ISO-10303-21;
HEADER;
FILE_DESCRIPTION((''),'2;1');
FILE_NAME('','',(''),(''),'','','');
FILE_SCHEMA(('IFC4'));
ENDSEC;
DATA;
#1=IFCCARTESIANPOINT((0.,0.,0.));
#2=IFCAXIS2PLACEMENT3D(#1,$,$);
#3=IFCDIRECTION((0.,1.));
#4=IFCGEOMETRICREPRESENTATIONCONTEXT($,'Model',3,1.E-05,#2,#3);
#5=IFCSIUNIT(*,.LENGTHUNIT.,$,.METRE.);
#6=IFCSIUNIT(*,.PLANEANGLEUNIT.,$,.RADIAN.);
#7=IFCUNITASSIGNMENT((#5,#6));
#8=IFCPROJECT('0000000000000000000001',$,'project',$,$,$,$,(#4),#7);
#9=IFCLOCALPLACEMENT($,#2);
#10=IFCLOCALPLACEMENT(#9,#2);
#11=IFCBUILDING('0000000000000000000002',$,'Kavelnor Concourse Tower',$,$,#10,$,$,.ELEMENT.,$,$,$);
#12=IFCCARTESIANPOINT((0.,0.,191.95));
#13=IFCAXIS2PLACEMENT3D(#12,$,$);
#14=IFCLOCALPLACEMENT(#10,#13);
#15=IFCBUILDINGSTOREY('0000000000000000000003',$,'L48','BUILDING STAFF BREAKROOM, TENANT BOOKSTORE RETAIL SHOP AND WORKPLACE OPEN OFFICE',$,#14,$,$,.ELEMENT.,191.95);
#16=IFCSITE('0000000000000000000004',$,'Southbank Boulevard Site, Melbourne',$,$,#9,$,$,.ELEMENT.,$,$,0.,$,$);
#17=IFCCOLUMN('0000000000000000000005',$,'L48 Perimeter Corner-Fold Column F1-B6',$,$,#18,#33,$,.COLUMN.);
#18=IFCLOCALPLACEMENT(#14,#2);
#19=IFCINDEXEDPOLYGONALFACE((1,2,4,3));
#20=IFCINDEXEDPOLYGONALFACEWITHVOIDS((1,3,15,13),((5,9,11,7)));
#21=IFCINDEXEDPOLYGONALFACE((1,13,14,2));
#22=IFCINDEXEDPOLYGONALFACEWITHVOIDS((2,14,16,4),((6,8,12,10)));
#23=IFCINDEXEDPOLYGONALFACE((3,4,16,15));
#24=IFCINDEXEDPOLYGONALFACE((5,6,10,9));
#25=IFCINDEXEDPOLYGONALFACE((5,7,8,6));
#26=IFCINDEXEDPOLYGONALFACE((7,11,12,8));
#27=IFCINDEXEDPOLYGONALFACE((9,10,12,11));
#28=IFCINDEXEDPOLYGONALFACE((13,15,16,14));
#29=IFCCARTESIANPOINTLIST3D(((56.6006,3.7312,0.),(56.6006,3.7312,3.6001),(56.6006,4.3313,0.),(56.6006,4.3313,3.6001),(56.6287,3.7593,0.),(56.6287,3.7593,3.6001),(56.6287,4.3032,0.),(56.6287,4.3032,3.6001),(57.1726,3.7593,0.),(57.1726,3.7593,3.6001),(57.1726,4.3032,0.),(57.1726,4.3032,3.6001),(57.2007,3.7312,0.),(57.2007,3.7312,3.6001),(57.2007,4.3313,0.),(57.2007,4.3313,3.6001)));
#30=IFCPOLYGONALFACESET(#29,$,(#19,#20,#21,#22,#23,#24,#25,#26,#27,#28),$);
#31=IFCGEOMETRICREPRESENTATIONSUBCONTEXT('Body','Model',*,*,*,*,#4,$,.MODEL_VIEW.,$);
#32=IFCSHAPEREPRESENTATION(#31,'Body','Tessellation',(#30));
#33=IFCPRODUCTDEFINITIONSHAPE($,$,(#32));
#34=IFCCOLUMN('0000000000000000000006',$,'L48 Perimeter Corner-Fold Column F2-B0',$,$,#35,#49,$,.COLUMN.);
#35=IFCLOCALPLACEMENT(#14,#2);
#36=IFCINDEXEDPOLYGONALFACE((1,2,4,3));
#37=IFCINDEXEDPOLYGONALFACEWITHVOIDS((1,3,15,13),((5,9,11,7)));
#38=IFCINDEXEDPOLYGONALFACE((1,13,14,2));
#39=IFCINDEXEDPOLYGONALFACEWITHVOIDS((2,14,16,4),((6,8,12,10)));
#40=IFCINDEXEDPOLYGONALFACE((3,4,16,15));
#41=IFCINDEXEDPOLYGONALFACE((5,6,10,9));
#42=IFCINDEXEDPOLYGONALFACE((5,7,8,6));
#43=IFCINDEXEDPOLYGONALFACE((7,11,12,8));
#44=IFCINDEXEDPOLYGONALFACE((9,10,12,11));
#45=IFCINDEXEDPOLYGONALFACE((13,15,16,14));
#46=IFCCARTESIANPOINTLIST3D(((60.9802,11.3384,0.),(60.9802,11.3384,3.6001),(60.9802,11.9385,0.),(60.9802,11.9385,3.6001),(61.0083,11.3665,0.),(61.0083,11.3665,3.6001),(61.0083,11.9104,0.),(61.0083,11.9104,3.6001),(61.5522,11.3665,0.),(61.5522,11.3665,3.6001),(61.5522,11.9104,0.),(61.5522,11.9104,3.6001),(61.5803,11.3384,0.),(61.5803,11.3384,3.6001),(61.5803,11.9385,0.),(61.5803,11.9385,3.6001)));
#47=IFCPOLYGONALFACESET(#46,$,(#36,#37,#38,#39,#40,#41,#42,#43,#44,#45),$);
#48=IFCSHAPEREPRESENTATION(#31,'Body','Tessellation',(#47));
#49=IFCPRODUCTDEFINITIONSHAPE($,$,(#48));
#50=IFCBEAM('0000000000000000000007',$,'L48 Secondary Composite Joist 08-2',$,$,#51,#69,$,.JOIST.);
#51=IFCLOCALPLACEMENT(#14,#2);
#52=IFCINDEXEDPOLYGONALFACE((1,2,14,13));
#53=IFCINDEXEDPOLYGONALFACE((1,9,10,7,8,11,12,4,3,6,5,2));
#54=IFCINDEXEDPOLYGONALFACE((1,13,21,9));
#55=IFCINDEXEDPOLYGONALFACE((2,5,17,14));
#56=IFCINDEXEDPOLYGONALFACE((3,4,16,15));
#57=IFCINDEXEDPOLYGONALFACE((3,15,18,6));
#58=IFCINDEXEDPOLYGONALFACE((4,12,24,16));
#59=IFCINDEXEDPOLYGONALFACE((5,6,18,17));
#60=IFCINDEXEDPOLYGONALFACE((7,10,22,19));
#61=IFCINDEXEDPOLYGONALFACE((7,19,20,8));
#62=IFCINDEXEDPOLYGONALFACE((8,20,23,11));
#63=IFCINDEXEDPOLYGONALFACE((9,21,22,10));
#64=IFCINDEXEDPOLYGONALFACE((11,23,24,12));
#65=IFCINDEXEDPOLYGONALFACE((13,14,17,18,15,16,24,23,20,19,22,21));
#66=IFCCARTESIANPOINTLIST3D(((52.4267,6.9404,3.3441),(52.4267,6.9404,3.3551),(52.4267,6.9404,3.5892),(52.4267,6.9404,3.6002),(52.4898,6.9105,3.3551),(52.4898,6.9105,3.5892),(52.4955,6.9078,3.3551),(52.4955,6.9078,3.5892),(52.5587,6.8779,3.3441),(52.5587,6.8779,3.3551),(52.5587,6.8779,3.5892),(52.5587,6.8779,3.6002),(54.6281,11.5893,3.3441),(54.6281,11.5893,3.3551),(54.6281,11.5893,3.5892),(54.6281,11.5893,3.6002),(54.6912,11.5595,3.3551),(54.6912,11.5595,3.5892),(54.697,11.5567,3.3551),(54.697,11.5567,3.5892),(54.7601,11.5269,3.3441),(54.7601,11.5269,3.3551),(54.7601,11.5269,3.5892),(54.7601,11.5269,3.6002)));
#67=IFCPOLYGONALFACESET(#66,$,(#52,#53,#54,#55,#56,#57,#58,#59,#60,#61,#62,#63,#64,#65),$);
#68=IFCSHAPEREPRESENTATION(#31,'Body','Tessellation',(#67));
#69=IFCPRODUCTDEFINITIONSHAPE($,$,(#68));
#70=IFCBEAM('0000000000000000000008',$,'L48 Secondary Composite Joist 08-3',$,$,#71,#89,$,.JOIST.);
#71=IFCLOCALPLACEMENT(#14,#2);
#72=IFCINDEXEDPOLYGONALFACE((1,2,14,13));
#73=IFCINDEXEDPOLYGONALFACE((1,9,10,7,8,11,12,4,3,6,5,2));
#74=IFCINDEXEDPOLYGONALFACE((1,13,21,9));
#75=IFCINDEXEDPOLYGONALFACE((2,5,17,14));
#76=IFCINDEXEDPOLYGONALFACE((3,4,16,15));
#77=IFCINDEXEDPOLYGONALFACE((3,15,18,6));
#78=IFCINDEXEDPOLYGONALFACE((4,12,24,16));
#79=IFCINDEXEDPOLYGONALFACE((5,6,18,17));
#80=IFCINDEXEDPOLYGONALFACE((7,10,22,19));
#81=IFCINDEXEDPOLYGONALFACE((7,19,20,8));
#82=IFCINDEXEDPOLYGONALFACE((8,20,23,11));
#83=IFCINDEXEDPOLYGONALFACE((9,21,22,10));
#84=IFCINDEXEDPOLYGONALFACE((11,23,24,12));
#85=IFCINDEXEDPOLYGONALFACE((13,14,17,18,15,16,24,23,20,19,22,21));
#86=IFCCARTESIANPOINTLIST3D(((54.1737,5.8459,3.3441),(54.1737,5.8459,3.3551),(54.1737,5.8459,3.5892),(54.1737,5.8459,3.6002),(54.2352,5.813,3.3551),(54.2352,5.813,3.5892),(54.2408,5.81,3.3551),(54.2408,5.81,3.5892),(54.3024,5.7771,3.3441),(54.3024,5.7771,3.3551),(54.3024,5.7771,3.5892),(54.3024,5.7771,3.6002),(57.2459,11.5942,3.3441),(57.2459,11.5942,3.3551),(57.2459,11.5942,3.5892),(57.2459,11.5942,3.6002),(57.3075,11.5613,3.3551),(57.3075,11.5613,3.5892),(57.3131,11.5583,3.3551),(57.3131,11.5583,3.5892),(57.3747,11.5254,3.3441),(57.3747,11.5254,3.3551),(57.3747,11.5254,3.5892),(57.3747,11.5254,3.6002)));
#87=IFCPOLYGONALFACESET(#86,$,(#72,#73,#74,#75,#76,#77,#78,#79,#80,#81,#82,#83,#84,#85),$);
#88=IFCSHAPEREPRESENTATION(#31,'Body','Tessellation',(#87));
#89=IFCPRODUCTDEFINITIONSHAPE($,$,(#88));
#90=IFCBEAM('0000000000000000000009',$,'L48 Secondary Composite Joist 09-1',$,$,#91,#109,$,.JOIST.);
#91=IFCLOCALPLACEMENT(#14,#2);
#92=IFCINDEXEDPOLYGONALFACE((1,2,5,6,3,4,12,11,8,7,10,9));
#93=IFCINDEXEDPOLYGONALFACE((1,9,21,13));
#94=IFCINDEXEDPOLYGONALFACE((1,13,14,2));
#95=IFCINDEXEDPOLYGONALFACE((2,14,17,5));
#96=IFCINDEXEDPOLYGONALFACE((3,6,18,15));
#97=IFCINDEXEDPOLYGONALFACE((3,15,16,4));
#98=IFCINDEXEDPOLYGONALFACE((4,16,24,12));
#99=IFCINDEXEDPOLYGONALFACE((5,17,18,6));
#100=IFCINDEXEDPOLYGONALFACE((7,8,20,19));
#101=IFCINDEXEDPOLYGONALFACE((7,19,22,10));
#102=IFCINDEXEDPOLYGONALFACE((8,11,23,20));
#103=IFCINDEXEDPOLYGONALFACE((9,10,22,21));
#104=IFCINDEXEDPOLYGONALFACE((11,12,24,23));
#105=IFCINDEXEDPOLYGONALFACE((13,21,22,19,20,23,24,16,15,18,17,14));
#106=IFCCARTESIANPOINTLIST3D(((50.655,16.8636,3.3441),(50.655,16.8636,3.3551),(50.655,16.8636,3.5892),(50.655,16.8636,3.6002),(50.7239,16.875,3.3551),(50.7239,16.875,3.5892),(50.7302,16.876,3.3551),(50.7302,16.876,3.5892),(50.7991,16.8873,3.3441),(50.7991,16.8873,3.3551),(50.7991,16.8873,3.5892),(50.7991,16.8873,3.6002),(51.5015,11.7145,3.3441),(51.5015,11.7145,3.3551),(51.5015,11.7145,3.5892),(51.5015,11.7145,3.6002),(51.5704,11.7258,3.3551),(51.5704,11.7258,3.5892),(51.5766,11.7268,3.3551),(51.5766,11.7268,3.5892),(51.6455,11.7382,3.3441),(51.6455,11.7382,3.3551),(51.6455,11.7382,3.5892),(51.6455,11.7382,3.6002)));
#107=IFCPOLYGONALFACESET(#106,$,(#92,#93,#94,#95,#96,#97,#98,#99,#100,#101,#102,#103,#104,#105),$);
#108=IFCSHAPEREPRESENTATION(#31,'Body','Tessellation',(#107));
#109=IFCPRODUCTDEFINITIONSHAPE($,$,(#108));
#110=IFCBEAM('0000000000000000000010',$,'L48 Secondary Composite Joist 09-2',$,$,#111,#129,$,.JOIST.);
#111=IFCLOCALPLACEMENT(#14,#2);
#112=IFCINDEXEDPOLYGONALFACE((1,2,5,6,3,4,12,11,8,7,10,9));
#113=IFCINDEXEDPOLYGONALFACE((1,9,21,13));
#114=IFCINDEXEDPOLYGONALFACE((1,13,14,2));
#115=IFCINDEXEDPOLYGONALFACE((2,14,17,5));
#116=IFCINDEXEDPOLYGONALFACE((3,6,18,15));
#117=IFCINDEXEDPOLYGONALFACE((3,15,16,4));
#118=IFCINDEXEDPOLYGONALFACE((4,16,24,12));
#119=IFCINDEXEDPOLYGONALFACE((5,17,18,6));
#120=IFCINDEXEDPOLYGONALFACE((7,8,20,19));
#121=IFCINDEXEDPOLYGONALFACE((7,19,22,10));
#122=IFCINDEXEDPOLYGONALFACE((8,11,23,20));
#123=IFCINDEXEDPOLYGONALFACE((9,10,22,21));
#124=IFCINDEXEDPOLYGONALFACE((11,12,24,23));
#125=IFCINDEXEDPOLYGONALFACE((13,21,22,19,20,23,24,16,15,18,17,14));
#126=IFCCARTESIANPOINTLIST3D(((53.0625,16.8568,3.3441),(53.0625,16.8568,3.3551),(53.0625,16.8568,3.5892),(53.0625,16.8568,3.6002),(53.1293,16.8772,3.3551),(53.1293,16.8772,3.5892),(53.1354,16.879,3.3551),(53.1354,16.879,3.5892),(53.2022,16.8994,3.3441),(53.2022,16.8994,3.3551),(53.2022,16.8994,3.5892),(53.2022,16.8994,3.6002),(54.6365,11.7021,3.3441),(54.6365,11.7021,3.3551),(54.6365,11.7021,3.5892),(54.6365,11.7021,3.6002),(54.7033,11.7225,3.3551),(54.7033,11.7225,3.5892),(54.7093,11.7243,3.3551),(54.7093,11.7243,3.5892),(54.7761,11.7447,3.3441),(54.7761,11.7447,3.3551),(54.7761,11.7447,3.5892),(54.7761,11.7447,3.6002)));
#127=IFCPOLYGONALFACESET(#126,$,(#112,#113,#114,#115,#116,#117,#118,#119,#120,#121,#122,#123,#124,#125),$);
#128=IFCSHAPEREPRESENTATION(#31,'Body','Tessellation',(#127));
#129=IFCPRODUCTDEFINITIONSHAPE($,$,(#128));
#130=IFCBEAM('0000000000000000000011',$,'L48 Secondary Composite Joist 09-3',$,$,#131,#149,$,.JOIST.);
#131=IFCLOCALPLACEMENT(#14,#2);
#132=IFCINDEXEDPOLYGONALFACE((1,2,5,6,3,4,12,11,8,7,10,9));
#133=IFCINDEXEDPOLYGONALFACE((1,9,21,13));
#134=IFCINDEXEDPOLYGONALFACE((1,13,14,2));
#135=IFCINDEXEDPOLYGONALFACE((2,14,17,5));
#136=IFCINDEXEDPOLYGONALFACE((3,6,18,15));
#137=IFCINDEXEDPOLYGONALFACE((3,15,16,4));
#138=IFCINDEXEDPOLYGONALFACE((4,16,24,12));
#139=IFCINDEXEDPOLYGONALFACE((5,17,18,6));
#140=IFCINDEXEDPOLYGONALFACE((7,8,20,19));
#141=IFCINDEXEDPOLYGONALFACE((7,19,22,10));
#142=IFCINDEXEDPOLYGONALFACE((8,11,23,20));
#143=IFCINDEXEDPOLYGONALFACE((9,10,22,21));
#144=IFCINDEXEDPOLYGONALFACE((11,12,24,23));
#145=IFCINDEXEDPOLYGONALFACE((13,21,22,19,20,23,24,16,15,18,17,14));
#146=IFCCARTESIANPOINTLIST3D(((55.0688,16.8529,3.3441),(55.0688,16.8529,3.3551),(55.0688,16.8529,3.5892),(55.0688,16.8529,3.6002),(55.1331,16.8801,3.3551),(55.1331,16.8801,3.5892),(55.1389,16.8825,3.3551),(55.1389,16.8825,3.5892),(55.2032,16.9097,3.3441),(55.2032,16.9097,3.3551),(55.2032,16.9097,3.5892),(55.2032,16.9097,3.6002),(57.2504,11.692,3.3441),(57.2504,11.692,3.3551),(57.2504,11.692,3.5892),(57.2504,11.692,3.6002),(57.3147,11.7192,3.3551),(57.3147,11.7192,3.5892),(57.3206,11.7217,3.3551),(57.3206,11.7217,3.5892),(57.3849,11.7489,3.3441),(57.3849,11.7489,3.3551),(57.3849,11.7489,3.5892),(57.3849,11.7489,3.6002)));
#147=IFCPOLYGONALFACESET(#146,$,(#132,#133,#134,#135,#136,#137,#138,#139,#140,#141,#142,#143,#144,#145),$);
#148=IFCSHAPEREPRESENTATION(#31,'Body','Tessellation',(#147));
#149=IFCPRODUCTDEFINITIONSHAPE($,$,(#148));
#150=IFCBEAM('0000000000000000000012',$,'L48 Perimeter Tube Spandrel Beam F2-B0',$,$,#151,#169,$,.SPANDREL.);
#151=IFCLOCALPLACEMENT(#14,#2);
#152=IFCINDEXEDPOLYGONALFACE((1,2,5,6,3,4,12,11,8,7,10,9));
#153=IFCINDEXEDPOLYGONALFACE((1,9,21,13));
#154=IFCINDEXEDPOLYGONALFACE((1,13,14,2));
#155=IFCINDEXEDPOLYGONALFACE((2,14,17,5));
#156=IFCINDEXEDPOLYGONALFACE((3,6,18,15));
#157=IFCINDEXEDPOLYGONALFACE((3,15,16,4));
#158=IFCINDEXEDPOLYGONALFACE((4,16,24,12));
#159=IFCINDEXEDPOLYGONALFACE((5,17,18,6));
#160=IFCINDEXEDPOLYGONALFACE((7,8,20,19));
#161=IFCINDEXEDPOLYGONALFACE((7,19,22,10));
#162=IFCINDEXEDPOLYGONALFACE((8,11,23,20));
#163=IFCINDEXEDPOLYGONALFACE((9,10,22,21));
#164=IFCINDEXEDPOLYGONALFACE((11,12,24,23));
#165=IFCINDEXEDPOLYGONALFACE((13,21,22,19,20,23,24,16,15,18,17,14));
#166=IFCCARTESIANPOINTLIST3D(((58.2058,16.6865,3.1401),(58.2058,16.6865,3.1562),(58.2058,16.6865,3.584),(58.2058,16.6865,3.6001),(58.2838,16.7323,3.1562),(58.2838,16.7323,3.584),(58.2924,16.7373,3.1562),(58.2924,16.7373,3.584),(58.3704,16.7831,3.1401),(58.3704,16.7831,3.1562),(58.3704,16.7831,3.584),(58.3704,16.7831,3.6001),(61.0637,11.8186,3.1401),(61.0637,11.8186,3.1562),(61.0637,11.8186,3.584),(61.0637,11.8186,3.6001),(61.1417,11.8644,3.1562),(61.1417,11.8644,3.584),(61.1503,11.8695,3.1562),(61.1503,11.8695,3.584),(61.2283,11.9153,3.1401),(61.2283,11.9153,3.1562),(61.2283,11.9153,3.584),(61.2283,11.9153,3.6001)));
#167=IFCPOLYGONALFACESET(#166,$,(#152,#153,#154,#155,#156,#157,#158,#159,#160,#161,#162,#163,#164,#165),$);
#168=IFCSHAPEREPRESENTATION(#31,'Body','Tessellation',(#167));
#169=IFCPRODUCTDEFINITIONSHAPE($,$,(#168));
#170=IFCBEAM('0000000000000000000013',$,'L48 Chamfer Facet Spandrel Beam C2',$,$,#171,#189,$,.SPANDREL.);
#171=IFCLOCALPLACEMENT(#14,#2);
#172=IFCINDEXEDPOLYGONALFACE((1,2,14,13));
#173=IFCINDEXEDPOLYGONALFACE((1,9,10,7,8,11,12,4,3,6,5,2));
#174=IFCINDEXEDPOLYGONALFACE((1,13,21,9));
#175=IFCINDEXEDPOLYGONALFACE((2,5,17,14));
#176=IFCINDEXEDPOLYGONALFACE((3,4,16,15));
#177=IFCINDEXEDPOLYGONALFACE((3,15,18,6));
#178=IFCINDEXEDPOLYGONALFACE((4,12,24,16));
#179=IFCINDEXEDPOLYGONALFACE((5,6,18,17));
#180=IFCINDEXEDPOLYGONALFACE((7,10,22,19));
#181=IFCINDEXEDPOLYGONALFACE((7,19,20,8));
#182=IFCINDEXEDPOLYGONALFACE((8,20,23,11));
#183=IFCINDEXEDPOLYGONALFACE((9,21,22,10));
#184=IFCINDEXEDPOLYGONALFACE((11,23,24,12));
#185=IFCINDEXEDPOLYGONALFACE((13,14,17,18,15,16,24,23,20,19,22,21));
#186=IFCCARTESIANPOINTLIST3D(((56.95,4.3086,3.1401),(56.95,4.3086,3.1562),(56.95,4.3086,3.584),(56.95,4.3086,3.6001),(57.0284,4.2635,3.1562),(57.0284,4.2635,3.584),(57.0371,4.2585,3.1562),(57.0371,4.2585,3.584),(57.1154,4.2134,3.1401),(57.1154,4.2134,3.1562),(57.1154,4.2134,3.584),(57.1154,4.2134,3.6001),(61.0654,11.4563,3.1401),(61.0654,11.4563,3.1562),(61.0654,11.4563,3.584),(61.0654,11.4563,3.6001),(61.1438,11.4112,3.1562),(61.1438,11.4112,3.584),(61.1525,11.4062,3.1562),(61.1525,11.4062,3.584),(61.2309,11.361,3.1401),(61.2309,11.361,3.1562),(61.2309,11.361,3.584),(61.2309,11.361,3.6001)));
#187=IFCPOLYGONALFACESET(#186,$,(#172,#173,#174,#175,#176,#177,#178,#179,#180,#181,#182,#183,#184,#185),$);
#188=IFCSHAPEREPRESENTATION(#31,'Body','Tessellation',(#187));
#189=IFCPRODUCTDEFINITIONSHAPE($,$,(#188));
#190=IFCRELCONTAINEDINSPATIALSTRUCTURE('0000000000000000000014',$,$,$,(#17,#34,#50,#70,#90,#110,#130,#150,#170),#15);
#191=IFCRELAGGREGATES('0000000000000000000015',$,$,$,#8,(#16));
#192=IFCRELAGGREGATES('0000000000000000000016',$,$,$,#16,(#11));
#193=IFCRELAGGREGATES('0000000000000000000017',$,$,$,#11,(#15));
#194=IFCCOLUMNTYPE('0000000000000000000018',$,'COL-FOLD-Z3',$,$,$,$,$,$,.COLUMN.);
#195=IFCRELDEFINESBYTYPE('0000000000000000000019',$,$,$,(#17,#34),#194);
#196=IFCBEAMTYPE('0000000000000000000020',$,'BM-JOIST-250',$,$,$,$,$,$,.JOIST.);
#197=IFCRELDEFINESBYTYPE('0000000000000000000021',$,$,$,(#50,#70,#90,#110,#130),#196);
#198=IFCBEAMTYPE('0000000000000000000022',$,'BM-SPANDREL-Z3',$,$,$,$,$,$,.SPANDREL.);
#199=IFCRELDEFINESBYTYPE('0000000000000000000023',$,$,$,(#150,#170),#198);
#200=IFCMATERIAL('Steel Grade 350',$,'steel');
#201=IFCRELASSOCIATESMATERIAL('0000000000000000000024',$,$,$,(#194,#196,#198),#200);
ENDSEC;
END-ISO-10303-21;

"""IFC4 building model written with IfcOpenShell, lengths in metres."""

from ifc_helpers import new_model, si_unit, direction, frame, origin, origin_2d, place, context, subcontext, project, spatial, hollow_rectangle, i_section, extrude, material, material_profile, profile_set, type_object, element, save


model = new_model("IFC4")

# Units and contexts
model_context = context("Model", 3, precision=1e-05, world=origin(), true_north=direction((0.0, 1.0)))
body_context = subcontext(model_context, "Body", "Model", "MODEL_VIEW")
ifc_project = project(units=[si_unit("LENGTHUNIT", "METRE"), si_unit("PLANEANGLEUNIT", "RADIAN")], contexts=[model_context])

# Site, building, storey
site_placement = place(None, origin())
site = spatial("IfcSite", under=ifc_project, at=site_placement, Name="Southbank Boulevard Site, Melbourne", CompositionType="ELEMENT", RefElevation=0.0)
building_placement = place(site_placement, origin())
building = spatial("IfcBuilding", under=site, at=building_placement, Name="Kavelnor Concourse Tower", CompositionType="ELEMENT")
storey_placement = place(building_placement, frame((0.0, 0.0, 191.95)))
storey = spatial("IfcBuildingStorey", under=building, at=storey_placement, Name="L48", Description="BUILDING STAFF BREAKROOM, TENANT BOOKSTORE RETAIL SHOP AND WORKPLACE OPEN OFFICE", CompositionType="ELEMENT", Elevation=191.95)

# Columns
ifc_material_1 = material(Name="Steel Grade 350", Category="steel")
ifc_material_profile_1 = material_profile(ifc_material_1, hollow_rectangle(XDim=0.6001, YDim=0.6001, WallThickness=0.0281, at=origin_2d()), Name="SHS 600x600x28")
ifc_profile_set_1 = profile_set([ifc_material_profile_1], Name="Steel Grade 350")
column_type = type_object("IfcColumnType", Name="COL-FOLD-Z3", PredefinedType="COLUMN", material=ifc_profile_set_1)
for number, where, z_axis, x_axis, name in (
    (1, (56.9006, 4.0312, 0.0), (0.0, 0.0, 1.0), (1.0, 0.0, 0.0), "L48 Perimeter Corner-Fold Column F1-B6"),
    (2, (61.2803, 11.6384, 0.0), (0.0, 0.0, 1.0), (1.0, 0.0, 0.0), "L48 Perimeter Corner-Fold Column F2-B0"),
):
    element("IfcColumn", number, at=place(storey_placement, frame(where, z_axis=z_axis, x_axis=x_axis)), inside=storey, type_object=column_type, Name=name, PredefinedType="COLUMN", context=body_context, shape_type="SweptSolid", body=[
        extrude(hollow_rectangle(XDim=0.6001, YDim=0.6001, WallThickness=0.0281, at=origin_2d()), origin(), (0.0, 0.0, 1.0), 3.6001),
    ])

# Beams
ifc_material_profile_2 = material_profile(ifc_material_1, i_section(OverallWidth=0.146, OverallDepth=0.2561, WebThickness=0.0063, FlangeThickness=0.011, at=origin_2d()), Name="250UB37")
ifc_profile_set_2 = profile_set([ifc_material_profile_2], Name="Steel Grade 350")
beam_type_1 = type_object("IfcBeamType", Name="BM-JOIST-250", PredefinedType="JOIST", material=ifc_profile_set_2)
beam_1_placement = place(storey_placement, frame((52.4927, 6.9092, 3.4722), z_axis=(0.427974, 0.903791, 0.0), x_axis=(-0.903791, 0.427974, 0.0)))
element("IfcBeam", 3, at=beam_1_placement, inside=storey, type_object=beam_type_1, Name="L48 Secondary Composite Joist 08-2", PredefinedType="JOIST", context=body_context, shape_type="SweptSolid", body=[
    extrude(i_section(OverallWidth=0.146, OverallDepth=0.2561, WebThickness=0.0063, FlangeThickness=0.011, at=origin_2d()), origin(), (0.0, 0.0, 1.0), 5.1438),
])
beam_2_placement = place(storey_placement, frame((54.238, 5.8115, 3.4722), z_axis=(0.471366, 0.881938, 0.0), x_axis=(-0.881938, 0.471366, 0.0)))
element("IfcBeam", 4, at=beam_2_placement, inside=storey, type_object=beam_type_1, Name="L48 Secondary Composite Joist 08-3", PredefinedType="JOIST", context=body_context, shape_type="SweptSolid", body=[
    extrude(i_section(OverallWidth=0.146, OverallDepth=0.2561, WebThickness=0.0063, FlangeThickness=0.011, at=origin_2d()), origin(), (0.0, 0.0, 1.0), 6.5178),
])
beam_3_placement = place(storey_placement, frame((51.5735, 11.7263, 3.4722), z_axis=(-0.162206, 0.986757, 0.0), x_axis=(-0.986757, -0.162206, 0.0)))
element("IfcBeam", 5, at=beam_3_placement, inside=storey, type_object=beam_type_1, Name="L48 Secondary Composite Joist 09-1", PredefinedType="JOIST", context=body_context, shape_type="SweptSolid", body=[
    extrude(i_section(OverallWidth=0.146, OverallDepth=0.2561, WebThickness=0.0063, FlangeThickness=0.011, at=origin_2d()), origin(), (0.0, 0.0, 1.0), 5.2183),
])
beam_4_placement = place(storey_placement, frame((54.7063, 11.7234, 3.4722), z_axis=(-0.292032, 0.956409, 0.0), x_axis=(-0.956409, -0.292032, 0.0)))
element("IfcBeam", 6, at=beam_4_placement, inside=storey, type_object=beam_type_1, Name="L48 Secondary Composite Joist 09-2", PredefinedType="JOIST", context=body_context, shape_type="SweptSolid", body=[
    extrude(i_section(OverallWidth=0.146, OverallDepth=0.2561, WebThickness=0.0063, FlangeThickness=0.011, at=origin_2d()), origin(), (0.0, 0.0, 1.0), 5.3896),
])
beam_5_placement = place(storey_placement, frame((57.3176, 11.7205, 3.4722), z_axis=(-0.389366, 0.921083, 0.0), x_axis=(-0.921083, -0.389366, 0.0)))
element("IfcBeam", 7, at=beam_5_placement, inside=storey, type_object=beam_type_1, Name="L48 Secondary Composite Joist 09-3", PredefinedType="JOIST", context=body_context, shape_type="SweptSolid", body=[
    extrude(i_section(OverallWidth=0.146, OverallDepth=0.2561, WebThickness=0.0063, FlangeThickness=0.011, at=origin_2d()), origin(), (0.0, 0.0, 1.0), 5.603),
])
ifc_material_profile_3 = material_profile(ifc_material_1, i_section(OverallWidth=0.1909, OverallDepth=0.46, WebThickness=0.01, FlangeThickness=0.0161, at=origin_2d()), Name="460UB82")
ifc_profile_set_3 = profile_set([ifc_material_profile_3], Name="Steel Grade 350")
beam_type_2 = type_object("IfcBeamType", Name="BM-SPANDREL-Z3", PredefinedType="SPANDREL", material=ifc_profile_set_3)
beam_6_placement = place(storey_placement, frame((61.146, 11.8669, 3.3701), z_axis=(-0.506287, 0.862365, 0.0), x_axis=(-0.862365, -0.506287, 0.0)))
element("IfcBeam", 8, at=beam_6_placement, inside=storey, type_object=beam_type_2, Name="L48 Perimeter Tube Spandrel Beam F2-B0", PredefinedType="SPANDREL", context=body_context, shape_type="SweptSolid", body=[
    extrude(i_section(OverallWidth=0.1909, OverallDepth=0.46, WebThickness=0.01, FlangeThickness=0.0161, at=origin_2d()), origin(), (0.0, 0.0, 1.0), 5.6448),
])
beam_7_placement = place(storey_placement, frame((57.0327, 4.261, 3.3701), z_axis=(0.498977, 0.866615, 0.0), x_axis=(-0.866615, 0.498977, 0.0)))
element("IfcBeam", 9, at=beam_7_placement, inside=storey, type_object=beam_type_2, Name="L48 Chamfer Facet Spandrel Beam C2", PredefinedType="SPANDREL", context=body_context, shape_type="SweptSolid", body=[
    extrude(i_section(OverallWidth=0.1909, OverallDepth=0.46, WebThickness=0.01, FlangeThickness=0.0161, at=origin_2d()), origin(), (0.0, 0.0, 1.0), 8.2478),
])

save(model, "model.ifc")
